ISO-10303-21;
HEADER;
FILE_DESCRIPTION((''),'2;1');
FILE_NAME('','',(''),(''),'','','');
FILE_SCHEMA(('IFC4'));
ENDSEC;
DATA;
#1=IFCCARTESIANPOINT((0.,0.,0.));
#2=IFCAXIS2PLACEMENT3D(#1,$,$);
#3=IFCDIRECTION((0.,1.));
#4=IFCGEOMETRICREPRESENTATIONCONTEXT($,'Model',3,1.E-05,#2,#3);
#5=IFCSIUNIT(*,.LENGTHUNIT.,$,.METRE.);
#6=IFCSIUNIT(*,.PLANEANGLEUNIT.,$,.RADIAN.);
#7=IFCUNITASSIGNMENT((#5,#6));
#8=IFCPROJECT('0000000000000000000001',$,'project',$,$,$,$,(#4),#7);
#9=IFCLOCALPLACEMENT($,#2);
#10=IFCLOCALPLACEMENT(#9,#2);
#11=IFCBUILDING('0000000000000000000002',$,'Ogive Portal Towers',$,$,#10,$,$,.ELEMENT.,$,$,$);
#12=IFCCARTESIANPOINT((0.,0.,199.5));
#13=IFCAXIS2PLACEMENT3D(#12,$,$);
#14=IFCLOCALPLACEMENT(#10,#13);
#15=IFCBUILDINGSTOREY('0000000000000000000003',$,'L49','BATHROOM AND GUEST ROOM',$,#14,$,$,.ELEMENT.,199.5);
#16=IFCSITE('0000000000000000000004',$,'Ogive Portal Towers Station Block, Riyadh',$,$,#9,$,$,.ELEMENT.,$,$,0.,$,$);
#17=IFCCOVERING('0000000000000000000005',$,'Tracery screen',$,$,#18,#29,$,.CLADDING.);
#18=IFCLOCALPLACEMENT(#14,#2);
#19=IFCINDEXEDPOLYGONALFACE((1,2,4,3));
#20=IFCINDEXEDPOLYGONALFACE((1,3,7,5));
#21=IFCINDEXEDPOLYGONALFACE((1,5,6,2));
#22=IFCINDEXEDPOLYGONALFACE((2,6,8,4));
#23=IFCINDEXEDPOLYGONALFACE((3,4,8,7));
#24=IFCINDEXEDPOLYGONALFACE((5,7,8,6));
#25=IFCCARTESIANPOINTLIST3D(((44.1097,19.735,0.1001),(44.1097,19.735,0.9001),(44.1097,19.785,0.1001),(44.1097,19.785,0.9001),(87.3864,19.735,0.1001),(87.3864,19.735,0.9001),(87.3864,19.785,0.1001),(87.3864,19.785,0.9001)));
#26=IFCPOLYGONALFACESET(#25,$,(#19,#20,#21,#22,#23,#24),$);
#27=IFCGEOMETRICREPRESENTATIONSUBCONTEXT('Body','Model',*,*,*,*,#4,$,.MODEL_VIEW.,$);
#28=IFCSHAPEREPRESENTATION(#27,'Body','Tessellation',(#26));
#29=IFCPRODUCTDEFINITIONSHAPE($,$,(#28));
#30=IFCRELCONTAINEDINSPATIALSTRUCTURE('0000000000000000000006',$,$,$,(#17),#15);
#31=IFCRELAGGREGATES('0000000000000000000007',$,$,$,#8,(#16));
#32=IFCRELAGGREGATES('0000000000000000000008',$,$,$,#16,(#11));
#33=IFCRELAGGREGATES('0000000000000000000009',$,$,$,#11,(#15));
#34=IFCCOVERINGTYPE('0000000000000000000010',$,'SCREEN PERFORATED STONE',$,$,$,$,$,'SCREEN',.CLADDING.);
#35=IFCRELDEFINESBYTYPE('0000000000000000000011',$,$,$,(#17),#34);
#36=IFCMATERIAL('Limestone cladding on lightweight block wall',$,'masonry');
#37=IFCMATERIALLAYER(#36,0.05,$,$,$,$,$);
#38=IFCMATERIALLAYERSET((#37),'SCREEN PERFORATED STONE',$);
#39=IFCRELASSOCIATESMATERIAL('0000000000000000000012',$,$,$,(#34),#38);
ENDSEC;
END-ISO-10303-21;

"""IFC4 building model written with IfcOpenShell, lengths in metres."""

from ifc_helpers import new_model, si_unit, direction, frame, origin, origin_2d, place, context, subcontext, project, spatial, rectangle, extrude, material, layer, layer_set, type_object, element, save


model = new_model("IFC4")

# Units and contexts
model_context = context("Model", 3, precision=1e-05, world=origin(), true_north=direction((0.0, 1.0)))
body_context = subcontext(model_context, "Body", "Model", "MODEL_VIEW")
ifc_project = project(units=[si_unit("LENGTHUNIT", "METRE"), si_unit("PLANEANGLEUNIT", "RADIAN")], contexts=[model_context])

# Site, building, storey
site_placement = place(None, origin())
site = spatial("IfcSite", under=ifc_project, at=site_placement, Name="Ogive Portal Towers Station Block, Riyadh", CompositionType="ELEMENT", RefElevation=0.0)
building_placement = place(site_placement, origin())
building = spatial("IfcBuilding", under=site, at=building_placement, Name="Ogive Portal Towers", CompositionType="ELEMENT")
storey_placement = place(building_placement, frame((0.0, 0.0, 199.5)))
storey = spatial("IfcBuildingStorey", under=building, at=storey_placement, Name="L49", Description="BATHROOM AND GUEST ROOM", CompositionType="ELEMENT", Elevation=199.5)

# Shared definitions
ifc_material_1 = material(Name="Limestone cladding on lightweight block wall", Category="masonry")

# Covering
ifc_layer_1 = layer(ifc_material_1, 0.05)
ifc_layer_set_1 = layer_set([ifc_layer_1], Name="SCREEN PERFORATED STONE")
covering_type = type_object("IfcCoveringType", Name="SCREEN PERFORATED STONE", ElementType="SCREEN", PredefinedType="CLADDING", material=ifc_layer_set_1)
covering_placement = place(storey_placement, frame((65.748, 19.76, 0.1001), z_axis=(0.0, 0.0, 1.0), x_axis=(1.0, 0.0, 0.0)))
element("IfcCovering", 1, at=covering_placement, inside=storey, type_object=covering_type, Name="Tracery screen", PredefinedType="CLADDING", context=body_context, shape_type="SweptSolid", body=[
    extrude(rectangle(XDim=43.2766, YDim=0.05, at=origin_2d()), origin(), (0.0, 0.0, 1.0), 0.8),
])

save(model, "model.ifc")
